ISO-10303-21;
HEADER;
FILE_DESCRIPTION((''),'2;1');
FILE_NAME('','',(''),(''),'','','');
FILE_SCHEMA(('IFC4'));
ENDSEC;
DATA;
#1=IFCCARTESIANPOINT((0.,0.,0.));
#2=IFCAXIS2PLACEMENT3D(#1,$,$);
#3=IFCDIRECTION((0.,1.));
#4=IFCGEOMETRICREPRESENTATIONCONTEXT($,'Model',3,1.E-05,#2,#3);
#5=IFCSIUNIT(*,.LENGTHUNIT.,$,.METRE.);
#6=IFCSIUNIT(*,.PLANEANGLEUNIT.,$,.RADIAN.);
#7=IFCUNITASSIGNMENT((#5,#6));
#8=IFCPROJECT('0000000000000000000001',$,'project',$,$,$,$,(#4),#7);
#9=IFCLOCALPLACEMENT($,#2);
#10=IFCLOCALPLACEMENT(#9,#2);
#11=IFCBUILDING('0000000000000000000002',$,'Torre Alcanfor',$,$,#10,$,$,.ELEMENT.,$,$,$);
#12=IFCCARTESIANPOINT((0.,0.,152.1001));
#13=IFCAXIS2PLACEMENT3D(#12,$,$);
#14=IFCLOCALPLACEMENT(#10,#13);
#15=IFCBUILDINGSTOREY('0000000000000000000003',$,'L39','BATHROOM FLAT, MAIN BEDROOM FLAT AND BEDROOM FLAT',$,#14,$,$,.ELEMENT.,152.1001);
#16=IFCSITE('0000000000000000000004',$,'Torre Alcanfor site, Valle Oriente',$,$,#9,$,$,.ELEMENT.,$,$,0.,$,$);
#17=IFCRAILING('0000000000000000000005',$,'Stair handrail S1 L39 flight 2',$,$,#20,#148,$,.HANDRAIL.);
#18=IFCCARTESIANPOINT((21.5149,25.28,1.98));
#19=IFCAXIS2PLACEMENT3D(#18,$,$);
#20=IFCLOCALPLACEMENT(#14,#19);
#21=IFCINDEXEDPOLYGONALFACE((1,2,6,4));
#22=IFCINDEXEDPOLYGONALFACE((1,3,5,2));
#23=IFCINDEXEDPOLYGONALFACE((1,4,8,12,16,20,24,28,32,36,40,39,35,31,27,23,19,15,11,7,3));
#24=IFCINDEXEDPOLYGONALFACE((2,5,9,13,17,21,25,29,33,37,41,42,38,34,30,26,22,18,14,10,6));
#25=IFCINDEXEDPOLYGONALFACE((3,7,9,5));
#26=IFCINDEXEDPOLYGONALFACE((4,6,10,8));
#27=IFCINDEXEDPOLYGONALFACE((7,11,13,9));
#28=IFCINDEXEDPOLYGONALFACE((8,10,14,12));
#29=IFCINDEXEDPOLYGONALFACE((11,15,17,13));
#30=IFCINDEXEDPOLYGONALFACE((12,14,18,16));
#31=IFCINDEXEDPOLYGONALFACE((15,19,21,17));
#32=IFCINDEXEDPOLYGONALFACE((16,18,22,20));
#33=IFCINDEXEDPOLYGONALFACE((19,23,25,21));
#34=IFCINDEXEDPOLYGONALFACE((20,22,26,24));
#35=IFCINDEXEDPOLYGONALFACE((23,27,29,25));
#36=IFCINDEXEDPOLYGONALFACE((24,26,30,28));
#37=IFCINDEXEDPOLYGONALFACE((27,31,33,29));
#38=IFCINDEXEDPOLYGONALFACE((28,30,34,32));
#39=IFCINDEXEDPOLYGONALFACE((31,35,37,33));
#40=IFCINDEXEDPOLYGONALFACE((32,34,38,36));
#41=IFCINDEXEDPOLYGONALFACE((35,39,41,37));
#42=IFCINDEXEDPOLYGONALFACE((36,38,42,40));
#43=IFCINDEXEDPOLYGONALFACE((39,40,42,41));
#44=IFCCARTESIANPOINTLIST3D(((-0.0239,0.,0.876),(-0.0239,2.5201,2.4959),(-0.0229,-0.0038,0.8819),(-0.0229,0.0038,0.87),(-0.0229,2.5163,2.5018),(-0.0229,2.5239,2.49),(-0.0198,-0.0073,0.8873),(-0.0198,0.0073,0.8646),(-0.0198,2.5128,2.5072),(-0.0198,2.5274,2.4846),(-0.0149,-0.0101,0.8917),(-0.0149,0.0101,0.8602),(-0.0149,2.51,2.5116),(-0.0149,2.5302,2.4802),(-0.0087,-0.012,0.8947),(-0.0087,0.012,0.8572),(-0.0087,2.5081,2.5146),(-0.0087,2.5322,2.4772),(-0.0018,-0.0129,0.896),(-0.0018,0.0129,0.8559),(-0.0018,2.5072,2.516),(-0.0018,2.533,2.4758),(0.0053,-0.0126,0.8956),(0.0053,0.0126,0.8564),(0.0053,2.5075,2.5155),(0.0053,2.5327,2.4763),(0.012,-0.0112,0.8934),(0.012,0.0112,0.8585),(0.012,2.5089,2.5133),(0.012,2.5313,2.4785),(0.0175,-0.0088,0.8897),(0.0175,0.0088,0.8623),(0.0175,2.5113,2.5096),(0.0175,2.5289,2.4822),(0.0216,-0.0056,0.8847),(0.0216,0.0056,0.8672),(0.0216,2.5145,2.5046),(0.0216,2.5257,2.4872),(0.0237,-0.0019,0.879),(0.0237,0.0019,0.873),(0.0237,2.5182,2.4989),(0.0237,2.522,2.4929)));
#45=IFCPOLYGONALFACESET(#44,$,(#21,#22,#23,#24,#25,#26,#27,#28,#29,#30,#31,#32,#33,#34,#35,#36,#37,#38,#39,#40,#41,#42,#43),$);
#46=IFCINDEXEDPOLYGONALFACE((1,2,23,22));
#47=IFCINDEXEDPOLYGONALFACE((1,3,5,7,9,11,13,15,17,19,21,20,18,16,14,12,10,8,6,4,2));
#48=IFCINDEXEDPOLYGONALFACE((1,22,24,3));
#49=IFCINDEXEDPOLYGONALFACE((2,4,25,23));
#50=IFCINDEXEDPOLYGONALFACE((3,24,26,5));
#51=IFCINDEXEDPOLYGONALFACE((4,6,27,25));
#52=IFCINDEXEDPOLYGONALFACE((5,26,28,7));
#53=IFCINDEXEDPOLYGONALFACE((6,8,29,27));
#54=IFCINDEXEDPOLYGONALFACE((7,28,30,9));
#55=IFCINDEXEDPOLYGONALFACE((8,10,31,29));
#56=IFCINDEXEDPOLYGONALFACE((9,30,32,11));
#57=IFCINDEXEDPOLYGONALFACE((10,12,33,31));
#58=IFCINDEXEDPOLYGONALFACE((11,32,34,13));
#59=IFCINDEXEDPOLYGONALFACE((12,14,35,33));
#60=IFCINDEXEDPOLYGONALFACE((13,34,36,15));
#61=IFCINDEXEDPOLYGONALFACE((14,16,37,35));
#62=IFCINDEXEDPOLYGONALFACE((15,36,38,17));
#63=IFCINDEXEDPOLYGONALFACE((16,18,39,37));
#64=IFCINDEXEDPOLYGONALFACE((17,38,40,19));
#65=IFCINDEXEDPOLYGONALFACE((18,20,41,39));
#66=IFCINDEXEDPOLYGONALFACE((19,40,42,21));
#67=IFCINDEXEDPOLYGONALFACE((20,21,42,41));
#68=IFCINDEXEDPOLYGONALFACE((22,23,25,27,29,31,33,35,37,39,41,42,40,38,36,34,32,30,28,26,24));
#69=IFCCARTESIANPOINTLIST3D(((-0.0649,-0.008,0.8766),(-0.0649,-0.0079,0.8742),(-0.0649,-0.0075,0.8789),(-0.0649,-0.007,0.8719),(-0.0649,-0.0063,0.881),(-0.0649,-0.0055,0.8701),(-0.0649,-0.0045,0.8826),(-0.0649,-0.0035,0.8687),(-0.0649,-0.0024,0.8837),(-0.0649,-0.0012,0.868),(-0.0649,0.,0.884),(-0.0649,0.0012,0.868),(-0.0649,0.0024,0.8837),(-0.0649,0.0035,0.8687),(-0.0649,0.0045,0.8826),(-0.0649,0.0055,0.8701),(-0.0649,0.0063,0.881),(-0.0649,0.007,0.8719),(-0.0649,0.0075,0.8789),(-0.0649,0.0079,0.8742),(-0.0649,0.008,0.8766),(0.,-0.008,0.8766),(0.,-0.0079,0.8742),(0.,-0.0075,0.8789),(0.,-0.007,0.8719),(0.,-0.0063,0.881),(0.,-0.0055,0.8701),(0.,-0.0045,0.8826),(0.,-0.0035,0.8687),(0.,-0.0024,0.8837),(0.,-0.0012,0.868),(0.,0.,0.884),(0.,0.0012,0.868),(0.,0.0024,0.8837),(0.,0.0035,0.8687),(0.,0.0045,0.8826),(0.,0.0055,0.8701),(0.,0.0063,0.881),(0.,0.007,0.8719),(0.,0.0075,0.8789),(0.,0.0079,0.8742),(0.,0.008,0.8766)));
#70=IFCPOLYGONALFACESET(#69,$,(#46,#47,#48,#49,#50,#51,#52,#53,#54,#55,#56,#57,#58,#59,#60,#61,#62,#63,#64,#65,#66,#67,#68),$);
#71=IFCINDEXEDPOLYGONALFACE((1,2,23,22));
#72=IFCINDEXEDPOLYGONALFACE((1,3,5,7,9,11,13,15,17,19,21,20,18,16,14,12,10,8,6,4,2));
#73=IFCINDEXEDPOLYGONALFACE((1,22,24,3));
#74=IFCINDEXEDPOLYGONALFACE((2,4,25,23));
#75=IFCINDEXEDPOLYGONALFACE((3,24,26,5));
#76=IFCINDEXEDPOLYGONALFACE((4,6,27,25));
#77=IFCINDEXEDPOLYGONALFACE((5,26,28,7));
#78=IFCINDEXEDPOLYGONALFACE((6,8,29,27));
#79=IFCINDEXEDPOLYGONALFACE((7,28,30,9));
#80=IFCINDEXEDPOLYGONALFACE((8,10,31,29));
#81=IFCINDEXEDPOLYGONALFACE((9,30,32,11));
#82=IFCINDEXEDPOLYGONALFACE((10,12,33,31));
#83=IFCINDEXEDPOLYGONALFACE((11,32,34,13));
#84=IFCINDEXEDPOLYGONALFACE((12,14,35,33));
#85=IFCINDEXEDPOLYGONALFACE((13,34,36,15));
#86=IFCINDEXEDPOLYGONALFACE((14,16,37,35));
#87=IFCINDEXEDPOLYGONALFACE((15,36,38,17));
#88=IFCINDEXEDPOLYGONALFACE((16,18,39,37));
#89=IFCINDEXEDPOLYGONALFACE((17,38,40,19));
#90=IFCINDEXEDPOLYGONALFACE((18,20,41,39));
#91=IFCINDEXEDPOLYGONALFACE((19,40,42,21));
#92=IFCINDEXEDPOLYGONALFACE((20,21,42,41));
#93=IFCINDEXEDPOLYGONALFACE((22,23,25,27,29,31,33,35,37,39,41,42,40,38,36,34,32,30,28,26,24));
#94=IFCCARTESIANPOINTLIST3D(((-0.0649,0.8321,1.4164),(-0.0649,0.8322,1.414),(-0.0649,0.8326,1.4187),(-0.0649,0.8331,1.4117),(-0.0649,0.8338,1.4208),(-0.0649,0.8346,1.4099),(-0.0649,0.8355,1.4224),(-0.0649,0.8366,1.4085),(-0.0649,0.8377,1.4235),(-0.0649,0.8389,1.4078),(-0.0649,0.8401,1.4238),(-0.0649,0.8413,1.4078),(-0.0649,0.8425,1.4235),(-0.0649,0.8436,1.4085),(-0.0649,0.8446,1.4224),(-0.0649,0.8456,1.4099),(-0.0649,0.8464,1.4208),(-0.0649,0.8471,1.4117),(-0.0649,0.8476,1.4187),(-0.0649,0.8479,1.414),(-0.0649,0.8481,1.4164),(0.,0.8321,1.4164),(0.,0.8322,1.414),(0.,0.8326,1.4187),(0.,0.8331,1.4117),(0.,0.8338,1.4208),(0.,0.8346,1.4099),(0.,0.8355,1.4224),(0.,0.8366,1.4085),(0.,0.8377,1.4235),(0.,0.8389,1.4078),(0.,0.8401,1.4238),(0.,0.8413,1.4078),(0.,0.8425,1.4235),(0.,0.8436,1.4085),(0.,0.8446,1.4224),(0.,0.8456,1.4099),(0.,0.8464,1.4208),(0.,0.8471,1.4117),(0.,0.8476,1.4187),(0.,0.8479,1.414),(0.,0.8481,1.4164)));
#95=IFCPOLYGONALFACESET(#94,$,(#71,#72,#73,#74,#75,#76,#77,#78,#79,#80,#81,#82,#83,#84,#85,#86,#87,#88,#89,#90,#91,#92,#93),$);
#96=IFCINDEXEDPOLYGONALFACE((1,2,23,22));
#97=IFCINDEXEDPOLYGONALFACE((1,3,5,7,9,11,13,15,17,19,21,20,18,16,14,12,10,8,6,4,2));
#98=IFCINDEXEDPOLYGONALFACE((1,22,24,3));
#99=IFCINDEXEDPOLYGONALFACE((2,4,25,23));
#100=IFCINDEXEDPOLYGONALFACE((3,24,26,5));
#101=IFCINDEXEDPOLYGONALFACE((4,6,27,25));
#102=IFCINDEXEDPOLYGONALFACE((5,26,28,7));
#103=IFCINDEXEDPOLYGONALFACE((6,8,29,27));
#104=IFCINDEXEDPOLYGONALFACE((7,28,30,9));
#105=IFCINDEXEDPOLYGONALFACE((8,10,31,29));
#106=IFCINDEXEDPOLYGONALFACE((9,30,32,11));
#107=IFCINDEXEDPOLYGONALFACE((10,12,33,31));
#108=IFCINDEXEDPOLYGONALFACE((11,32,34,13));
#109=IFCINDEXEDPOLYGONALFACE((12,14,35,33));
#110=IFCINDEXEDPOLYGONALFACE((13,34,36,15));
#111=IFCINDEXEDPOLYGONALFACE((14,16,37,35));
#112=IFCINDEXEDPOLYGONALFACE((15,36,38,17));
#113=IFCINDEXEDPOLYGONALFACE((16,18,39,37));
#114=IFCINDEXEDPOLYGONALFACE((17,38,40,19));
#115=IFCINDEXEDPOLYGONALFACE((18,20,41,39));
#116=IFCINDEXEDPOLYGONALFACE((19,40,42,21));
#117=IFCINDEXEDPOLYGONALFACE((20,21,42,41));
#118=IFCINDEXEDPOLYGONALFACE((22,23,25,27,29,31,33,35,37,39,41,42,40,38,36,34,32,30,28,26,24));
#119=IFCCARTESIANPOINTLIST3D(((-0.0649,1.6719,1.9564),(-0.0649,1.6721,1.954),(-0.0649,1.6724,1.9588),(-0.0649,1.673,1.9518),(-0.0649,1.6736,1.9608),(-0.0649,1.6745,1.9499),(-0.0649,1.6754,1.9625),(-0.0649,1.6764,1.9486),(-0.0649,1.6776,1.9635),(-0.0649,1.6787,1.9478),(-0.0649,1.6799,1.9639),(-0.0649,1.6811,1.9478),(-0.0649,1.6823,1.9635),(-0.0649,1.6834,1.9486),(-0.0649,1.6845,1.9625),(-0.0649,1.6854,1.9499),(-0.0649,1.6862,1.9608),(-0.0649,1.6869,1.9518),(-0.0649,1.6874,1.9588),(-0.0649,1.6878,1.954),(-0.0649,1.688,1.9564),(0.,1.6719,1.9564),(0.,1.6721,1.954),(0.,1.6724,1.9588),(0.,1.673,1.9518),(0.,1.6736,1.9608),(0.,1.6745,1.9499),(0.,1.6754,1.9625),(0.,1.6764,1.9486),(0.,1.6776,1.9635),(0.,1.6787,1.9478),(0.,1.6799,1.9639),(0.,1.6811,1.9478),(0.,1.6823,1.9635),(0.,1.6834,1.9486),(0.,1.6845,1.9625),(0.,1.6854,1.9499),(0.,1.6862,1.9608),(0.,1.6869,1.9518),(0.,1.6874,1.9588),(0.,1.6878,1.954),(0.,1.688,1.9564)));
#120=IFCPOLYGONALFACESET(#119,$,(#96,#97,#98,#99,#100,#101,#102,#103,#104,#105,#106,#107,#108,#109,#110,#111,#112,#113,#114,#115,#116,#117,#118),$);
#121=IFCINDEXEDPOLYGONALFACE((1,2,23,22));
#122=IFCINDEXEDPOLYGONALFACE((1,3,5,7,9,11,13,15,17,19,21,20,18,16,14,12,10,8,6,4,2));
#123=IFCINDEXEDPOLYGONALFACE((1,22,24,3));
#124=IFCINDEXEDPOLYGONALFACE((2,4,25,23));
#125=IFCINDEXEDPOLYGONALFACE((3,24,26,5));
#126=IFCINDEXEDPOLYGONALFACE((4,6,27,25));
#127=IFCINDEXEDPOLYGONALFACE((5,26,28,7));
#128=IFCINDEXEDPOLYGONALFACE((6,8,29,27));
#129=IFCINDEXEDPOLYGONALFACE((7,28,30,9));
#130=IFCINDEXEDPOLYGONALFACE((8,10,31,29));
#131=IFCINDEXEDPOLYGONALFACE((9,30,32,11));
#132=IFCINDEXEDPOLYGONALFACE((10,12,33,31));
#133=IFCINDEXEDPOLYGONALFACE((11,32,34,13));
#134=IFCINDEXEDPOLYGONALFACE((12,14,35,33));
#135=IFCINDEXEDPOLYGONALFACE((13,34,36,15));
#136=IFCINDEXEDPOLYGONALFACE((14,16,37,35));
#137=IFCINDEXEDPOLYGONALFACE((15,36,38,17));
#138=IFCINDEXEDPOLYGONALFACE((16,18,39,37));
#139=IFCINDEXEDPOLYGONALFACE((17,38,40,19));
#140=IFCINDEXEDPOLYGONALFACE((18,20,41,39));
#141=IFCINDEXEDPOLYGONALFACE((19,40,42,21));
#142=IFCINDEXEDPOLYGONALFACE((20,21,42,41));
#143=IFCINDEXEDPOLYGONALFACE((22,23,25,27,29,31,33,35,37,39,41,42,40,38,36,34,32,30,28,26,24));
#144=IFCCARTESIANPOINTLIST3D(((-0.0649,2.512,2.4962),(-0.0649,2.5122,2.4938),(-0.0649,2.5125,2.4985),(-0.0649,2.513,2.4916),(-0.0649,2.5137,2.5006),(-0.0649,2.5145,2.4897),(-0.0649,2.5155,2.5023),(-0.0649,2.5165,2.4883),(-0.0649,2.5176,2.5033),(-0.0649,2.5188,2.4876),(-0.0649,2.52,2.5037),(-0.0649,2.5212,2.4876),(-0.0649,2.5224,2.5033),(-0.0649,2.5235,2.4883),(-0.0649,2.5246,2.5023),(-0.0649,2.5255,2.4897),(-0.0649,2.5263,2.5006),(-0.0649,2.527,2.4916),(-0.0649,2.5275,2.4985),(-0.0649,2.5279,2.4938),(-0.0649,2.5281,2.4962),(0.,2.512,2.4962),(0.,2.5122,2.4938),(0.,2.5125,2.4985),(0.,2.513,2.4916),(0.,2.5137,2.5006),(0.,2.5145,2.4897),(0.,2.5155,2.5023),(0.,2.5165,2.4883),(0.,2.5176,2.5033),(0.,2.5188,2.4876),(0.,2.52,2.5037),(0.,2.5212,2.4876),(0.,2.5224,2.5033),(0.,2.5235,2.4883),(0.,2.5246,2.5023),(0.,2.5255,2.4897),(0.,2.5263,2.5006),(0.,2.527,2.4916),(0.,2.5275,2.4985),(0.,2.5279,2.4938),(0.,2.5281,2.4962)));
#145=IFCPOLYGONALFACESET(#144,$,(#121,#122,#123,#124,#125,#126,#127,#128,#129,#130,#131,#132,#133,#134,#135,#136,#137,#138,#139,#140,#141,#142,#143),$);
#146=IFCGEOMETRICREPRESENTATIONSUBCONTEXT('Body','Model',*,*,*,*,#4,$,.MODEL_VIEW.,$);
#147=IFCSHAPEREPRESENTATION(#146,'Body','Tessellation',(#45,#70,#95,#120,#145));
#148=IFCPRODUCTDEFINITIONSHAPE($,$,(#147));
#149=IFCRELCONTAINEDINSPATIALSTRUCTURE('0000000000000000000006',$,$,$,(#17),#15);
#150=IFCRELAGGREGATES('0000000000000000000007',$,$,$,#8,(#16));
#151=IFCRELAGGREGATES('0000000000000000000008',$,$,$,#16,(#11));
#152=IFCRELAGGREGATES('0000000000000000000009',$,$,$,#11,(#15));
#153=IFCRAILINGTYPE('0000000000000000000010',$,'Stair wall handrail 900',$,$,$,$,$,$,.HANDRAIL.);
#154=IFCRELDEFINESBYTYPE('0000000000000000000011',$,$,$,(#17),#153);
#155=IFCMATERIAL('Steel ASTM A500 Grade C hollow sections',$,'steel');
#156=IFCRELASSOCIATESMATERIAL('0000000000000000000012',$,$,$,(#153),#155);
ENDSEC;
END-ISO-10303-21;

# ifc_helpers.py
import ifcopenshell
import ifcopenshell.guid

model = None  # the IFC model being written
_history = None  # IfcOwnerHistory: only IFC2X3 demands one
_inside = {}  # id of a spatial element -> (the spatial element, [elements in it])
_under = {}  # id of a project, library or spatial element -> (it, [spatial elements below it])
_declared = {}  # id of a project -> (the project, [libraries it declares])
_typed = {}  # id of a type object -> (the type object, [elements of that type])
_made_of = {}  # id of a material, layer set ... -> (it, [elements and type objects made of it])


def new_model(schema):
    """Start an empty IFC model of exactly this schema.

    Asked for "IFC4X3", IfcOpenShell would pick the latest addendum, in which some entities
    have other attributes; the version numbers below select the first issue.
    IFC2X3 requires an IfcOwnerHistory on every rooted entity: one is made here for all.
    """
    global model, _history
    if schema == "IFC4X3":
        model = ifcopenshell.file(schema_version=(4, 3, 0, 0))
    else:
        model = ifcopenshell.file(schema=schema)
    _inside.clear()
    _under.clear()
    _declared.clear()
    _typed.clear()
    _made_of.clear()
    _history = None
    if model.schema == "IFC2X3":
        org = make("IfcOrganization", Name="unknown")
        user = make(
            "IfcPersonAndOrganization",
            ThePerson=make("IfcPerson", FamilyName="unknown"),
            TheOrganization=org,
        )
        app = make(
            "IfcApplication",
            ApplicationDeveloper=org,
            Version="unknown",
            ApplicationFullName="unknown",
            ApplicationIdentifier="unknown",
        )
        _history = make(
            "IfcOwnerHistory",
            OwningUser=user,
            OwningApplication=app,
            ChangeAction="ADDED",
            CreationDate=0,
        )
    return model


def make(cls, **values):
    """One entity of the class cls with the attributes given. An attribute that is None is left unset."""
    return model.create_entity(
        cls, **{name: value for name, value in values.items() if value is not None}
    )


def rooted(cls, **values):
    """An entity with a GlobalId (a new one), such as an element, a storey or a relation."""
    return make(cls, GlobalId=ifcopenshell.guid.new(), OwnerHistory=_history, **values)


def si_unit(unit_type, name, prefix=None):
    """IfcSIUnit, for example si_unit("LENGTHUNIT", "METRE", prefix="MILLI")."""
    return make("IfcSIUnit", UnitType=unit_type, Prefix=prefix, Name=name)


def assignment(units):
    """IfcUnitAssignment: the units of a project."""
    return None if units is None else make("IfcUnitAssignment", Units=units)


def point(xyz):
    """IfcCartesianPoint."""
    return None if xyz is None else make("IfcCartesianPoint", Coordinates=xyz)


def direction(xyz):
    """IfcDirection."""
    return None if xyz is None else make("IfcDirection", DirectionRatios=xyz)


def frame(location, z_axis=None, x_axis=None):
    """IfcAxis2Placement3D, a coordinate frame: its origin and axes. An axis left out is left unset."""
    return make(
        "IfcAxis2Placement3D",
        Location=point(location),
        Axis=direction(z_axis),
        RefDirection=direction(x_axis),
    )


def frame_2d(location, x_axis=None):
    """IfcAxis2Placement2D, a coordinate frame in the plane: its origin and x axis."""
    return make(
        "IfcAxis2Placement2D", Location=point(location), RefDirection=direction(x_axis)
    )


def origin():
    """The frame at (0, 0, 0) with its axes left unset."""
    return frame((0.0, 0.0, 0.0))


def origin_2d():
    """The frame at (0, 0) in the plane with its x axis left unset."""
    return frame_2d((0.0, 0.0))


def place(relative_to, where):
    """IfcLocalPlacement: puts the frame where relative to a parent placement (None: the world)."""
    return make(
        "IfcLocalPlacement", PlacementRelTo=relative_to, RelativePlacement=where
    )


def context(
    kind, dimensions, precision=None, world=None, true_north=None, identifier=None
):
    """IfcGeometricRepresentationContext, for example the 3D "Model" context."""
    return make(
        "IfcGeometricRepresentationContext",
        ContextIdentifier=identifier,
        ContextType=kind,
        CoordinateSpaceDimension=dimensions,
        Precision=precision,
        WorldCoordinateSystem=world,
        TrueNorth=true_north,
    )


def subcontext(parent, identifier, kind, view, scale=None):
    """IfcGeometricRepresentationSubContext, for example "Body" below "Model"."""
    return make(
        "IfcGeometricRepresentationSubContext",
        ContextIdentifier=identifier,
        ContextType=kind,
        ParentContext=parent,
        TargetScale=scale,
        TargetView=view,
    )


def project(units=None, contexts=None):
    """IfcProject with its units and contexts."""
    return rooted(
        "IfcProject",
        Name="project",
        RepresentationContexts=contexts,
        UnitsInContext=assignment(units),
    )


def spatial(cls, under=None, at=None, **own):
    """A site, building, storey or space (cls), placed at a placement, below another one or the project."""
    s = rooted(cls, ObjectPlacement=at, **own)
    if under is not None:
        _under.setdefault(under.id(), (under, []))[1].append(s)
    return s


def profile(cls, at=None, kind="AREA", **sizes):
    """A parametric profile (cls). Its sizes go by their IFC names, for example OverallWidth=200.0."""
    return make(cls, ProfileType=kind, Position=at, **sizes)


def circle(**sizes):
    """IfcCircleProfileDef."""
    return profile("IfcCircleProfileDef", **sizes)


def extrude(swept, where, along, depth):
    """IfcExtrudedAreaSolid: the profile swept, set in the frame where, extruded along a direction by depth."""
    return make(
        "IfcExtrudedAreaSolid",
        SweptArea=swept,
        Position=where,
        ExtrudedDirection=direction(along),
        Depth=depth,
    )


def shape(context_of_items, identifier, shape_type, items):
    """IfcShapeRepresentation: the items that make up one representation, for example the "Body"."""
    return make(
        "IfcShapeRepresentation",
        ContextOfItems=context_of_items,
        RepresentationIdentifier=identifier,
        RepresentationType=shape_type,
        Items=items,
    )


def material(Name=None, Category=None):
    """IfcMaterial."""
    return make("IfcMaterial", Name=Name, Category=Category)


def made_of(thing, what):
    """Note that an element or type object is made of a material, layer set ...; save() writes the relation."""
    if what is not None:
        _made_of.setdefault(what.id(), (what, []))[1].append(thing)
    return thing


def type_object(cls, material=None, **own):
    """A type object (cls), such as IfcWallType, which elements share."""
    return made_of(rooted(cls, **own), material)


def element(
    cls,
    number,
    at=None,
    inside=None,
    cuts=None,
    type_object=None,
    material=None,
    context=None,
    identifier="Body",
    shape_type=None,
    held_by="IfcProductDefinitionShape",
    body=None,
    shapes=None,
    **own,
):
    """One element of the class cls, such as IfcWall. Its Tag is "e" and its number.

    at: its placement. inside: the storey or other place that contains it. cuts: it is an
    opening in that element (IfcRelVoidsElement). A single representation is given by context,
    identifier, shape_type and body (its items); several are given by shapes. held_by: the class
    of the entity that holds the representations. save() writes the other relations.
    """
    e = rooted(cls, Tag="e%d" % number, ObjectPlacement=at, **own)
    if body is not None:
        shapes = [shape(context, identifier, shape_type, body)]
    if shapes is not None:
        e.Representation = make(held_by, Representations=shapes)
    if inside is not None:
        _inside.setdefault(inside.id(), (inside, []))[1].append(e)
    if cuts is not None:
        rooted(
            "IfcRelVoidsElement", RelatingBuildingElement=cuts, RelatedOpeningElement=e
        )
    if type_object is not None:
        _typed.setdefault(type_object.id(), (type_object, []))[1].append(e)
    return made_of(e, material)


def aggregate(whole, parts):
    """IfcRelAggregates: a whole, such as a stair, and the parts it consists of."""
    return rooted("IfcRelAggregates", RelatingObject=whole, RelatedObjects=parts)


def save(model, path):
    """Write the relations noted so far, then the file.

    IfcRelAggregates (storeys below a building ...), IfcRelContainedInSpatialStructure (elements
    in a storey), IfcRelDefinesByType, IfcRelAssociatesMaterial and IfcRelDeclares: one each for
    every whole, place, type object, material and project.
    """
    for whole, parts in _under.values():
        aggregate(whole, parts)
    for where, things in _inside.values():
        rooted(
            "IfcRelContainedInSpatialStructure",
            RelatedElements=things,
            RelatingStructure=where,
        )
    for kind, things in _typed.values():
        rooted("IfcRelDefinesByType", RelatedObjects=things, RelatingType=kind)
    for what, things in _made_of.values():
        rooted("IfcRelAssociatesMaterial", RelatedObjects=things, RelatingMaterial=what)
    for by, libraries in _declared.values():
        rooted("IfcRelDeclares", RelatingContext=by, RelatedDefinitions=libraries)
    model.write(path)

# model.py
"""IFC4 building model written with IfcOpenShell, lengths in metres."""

from ifc_helpers import new_model, si_unit, direction, frame, origin, origin_2d, place, context, subcontext, project, spatial, circle, extrude, material, type_object, element, save


model = new_model("IFC4")

# Units and contexts
model_context = context("Model", 3, precision=1e-05, world=origin(), true_north=direction((0.0, 1.0)))
body_context = subcontext(model_context, "Body", "Model", "MODEL_VIEW")
ifc_project = project(units=[si_unit("LENGTHUNIT", "METRE"), si_unit("PLANEANGLEUNIT", "RADIAN")], contexts=[model_context])

# Site, building, storey
site_placement = place(None, origin())
site = spatial("IfcSite", under=ifc_project, at=site_placement, Name="Torre Alcanfor site, Valle Oriente", CompositionType="ELEMENT", RefElevation=0.0)
building_placement = place(site_placement, origin())
building = spatial("IfcBuilding", under=site, at=building_placement, Name="Torre Alcanfor", CompositionType="ELEMENT")
storey_placement = place(building_placement, frame((0.0, 0.0, 152.1001)))
storey = spatial("IfcBuildingStorey", under=building, at=storey_placement, Name="L39", Description="BATHROOM FLAT, MAIN BEDROOM FLAT AND BEDROOM FLAT", CompositionType="ELEMENT", Elevation=152.1001)

# Railing
ifc_material_1 = material(Name="Steel ASTM A500 Grade C hollow sections", Category="steel")
railing_type = type_object("IfcRailingType", Name="Stair wall handrail 900", PredefinedType="HANDRAIL", material=ifc_material_1)
railing_placement = place(storey_placement, frame((21.5149, 25.28, 1.98)))
element("IfcRailing", 1, at=railing_placement, inside=storey, type_object=railing_type, Name="Stair handrail S1 L39 flight 2", PredefinedType="HANDRAIL", context=body_context, shape_type="SweptSolid", body=[
    extrude(circle(Radius=0.0239, at=origin_2d()), frame((0.0, 0.0, 0.876), z_axis=(0.0, 0.8412, 0.540725), x_axis=(-1.0, 0.0, 0.0)), (0.0, 0.0, 1.0), 2.9958),
    extrude(circle(Radius=0.0081, at=origin_2d()), frame((0.0, 0.0, 0.876), z_axis=(-1.0, 0.0, 0.0), x_axis=(0.0, 0.0, 1.0)), (0.0, 0.0, 1.0), 0.0649),
    extrude(circle(Radius=0.0081, at=origin_2d()), frame((0.0, 0.8401, 1.4158), z_axis=(-1.0, 0.0, 0.0), x_axis=(0.0, 0.0, 1.0)), (0.0, 0.0, 1.0), 0.0649),
    extrude(circle(Radius=0.0081, at=origin_2d()), frame((0.0, 1.6799, 1.9558), z_axis=(-1.0, 0.0, 0.0), x_axis=(0.0, 0.0, 1.0)), (0.0, 0.0, 1.0), 0.0649),
    extrude(circle(Radius=0.0081, at=origin_2d()), frame((0.0, 2.52, 2.4956), z_axis=(-1.0, 0.0, 0.0), x_axis=(0.0, 0.0, 1.0)), (0.0, 0.0, 1.0), 0.0649),
])

save(model, "model.ifc")
